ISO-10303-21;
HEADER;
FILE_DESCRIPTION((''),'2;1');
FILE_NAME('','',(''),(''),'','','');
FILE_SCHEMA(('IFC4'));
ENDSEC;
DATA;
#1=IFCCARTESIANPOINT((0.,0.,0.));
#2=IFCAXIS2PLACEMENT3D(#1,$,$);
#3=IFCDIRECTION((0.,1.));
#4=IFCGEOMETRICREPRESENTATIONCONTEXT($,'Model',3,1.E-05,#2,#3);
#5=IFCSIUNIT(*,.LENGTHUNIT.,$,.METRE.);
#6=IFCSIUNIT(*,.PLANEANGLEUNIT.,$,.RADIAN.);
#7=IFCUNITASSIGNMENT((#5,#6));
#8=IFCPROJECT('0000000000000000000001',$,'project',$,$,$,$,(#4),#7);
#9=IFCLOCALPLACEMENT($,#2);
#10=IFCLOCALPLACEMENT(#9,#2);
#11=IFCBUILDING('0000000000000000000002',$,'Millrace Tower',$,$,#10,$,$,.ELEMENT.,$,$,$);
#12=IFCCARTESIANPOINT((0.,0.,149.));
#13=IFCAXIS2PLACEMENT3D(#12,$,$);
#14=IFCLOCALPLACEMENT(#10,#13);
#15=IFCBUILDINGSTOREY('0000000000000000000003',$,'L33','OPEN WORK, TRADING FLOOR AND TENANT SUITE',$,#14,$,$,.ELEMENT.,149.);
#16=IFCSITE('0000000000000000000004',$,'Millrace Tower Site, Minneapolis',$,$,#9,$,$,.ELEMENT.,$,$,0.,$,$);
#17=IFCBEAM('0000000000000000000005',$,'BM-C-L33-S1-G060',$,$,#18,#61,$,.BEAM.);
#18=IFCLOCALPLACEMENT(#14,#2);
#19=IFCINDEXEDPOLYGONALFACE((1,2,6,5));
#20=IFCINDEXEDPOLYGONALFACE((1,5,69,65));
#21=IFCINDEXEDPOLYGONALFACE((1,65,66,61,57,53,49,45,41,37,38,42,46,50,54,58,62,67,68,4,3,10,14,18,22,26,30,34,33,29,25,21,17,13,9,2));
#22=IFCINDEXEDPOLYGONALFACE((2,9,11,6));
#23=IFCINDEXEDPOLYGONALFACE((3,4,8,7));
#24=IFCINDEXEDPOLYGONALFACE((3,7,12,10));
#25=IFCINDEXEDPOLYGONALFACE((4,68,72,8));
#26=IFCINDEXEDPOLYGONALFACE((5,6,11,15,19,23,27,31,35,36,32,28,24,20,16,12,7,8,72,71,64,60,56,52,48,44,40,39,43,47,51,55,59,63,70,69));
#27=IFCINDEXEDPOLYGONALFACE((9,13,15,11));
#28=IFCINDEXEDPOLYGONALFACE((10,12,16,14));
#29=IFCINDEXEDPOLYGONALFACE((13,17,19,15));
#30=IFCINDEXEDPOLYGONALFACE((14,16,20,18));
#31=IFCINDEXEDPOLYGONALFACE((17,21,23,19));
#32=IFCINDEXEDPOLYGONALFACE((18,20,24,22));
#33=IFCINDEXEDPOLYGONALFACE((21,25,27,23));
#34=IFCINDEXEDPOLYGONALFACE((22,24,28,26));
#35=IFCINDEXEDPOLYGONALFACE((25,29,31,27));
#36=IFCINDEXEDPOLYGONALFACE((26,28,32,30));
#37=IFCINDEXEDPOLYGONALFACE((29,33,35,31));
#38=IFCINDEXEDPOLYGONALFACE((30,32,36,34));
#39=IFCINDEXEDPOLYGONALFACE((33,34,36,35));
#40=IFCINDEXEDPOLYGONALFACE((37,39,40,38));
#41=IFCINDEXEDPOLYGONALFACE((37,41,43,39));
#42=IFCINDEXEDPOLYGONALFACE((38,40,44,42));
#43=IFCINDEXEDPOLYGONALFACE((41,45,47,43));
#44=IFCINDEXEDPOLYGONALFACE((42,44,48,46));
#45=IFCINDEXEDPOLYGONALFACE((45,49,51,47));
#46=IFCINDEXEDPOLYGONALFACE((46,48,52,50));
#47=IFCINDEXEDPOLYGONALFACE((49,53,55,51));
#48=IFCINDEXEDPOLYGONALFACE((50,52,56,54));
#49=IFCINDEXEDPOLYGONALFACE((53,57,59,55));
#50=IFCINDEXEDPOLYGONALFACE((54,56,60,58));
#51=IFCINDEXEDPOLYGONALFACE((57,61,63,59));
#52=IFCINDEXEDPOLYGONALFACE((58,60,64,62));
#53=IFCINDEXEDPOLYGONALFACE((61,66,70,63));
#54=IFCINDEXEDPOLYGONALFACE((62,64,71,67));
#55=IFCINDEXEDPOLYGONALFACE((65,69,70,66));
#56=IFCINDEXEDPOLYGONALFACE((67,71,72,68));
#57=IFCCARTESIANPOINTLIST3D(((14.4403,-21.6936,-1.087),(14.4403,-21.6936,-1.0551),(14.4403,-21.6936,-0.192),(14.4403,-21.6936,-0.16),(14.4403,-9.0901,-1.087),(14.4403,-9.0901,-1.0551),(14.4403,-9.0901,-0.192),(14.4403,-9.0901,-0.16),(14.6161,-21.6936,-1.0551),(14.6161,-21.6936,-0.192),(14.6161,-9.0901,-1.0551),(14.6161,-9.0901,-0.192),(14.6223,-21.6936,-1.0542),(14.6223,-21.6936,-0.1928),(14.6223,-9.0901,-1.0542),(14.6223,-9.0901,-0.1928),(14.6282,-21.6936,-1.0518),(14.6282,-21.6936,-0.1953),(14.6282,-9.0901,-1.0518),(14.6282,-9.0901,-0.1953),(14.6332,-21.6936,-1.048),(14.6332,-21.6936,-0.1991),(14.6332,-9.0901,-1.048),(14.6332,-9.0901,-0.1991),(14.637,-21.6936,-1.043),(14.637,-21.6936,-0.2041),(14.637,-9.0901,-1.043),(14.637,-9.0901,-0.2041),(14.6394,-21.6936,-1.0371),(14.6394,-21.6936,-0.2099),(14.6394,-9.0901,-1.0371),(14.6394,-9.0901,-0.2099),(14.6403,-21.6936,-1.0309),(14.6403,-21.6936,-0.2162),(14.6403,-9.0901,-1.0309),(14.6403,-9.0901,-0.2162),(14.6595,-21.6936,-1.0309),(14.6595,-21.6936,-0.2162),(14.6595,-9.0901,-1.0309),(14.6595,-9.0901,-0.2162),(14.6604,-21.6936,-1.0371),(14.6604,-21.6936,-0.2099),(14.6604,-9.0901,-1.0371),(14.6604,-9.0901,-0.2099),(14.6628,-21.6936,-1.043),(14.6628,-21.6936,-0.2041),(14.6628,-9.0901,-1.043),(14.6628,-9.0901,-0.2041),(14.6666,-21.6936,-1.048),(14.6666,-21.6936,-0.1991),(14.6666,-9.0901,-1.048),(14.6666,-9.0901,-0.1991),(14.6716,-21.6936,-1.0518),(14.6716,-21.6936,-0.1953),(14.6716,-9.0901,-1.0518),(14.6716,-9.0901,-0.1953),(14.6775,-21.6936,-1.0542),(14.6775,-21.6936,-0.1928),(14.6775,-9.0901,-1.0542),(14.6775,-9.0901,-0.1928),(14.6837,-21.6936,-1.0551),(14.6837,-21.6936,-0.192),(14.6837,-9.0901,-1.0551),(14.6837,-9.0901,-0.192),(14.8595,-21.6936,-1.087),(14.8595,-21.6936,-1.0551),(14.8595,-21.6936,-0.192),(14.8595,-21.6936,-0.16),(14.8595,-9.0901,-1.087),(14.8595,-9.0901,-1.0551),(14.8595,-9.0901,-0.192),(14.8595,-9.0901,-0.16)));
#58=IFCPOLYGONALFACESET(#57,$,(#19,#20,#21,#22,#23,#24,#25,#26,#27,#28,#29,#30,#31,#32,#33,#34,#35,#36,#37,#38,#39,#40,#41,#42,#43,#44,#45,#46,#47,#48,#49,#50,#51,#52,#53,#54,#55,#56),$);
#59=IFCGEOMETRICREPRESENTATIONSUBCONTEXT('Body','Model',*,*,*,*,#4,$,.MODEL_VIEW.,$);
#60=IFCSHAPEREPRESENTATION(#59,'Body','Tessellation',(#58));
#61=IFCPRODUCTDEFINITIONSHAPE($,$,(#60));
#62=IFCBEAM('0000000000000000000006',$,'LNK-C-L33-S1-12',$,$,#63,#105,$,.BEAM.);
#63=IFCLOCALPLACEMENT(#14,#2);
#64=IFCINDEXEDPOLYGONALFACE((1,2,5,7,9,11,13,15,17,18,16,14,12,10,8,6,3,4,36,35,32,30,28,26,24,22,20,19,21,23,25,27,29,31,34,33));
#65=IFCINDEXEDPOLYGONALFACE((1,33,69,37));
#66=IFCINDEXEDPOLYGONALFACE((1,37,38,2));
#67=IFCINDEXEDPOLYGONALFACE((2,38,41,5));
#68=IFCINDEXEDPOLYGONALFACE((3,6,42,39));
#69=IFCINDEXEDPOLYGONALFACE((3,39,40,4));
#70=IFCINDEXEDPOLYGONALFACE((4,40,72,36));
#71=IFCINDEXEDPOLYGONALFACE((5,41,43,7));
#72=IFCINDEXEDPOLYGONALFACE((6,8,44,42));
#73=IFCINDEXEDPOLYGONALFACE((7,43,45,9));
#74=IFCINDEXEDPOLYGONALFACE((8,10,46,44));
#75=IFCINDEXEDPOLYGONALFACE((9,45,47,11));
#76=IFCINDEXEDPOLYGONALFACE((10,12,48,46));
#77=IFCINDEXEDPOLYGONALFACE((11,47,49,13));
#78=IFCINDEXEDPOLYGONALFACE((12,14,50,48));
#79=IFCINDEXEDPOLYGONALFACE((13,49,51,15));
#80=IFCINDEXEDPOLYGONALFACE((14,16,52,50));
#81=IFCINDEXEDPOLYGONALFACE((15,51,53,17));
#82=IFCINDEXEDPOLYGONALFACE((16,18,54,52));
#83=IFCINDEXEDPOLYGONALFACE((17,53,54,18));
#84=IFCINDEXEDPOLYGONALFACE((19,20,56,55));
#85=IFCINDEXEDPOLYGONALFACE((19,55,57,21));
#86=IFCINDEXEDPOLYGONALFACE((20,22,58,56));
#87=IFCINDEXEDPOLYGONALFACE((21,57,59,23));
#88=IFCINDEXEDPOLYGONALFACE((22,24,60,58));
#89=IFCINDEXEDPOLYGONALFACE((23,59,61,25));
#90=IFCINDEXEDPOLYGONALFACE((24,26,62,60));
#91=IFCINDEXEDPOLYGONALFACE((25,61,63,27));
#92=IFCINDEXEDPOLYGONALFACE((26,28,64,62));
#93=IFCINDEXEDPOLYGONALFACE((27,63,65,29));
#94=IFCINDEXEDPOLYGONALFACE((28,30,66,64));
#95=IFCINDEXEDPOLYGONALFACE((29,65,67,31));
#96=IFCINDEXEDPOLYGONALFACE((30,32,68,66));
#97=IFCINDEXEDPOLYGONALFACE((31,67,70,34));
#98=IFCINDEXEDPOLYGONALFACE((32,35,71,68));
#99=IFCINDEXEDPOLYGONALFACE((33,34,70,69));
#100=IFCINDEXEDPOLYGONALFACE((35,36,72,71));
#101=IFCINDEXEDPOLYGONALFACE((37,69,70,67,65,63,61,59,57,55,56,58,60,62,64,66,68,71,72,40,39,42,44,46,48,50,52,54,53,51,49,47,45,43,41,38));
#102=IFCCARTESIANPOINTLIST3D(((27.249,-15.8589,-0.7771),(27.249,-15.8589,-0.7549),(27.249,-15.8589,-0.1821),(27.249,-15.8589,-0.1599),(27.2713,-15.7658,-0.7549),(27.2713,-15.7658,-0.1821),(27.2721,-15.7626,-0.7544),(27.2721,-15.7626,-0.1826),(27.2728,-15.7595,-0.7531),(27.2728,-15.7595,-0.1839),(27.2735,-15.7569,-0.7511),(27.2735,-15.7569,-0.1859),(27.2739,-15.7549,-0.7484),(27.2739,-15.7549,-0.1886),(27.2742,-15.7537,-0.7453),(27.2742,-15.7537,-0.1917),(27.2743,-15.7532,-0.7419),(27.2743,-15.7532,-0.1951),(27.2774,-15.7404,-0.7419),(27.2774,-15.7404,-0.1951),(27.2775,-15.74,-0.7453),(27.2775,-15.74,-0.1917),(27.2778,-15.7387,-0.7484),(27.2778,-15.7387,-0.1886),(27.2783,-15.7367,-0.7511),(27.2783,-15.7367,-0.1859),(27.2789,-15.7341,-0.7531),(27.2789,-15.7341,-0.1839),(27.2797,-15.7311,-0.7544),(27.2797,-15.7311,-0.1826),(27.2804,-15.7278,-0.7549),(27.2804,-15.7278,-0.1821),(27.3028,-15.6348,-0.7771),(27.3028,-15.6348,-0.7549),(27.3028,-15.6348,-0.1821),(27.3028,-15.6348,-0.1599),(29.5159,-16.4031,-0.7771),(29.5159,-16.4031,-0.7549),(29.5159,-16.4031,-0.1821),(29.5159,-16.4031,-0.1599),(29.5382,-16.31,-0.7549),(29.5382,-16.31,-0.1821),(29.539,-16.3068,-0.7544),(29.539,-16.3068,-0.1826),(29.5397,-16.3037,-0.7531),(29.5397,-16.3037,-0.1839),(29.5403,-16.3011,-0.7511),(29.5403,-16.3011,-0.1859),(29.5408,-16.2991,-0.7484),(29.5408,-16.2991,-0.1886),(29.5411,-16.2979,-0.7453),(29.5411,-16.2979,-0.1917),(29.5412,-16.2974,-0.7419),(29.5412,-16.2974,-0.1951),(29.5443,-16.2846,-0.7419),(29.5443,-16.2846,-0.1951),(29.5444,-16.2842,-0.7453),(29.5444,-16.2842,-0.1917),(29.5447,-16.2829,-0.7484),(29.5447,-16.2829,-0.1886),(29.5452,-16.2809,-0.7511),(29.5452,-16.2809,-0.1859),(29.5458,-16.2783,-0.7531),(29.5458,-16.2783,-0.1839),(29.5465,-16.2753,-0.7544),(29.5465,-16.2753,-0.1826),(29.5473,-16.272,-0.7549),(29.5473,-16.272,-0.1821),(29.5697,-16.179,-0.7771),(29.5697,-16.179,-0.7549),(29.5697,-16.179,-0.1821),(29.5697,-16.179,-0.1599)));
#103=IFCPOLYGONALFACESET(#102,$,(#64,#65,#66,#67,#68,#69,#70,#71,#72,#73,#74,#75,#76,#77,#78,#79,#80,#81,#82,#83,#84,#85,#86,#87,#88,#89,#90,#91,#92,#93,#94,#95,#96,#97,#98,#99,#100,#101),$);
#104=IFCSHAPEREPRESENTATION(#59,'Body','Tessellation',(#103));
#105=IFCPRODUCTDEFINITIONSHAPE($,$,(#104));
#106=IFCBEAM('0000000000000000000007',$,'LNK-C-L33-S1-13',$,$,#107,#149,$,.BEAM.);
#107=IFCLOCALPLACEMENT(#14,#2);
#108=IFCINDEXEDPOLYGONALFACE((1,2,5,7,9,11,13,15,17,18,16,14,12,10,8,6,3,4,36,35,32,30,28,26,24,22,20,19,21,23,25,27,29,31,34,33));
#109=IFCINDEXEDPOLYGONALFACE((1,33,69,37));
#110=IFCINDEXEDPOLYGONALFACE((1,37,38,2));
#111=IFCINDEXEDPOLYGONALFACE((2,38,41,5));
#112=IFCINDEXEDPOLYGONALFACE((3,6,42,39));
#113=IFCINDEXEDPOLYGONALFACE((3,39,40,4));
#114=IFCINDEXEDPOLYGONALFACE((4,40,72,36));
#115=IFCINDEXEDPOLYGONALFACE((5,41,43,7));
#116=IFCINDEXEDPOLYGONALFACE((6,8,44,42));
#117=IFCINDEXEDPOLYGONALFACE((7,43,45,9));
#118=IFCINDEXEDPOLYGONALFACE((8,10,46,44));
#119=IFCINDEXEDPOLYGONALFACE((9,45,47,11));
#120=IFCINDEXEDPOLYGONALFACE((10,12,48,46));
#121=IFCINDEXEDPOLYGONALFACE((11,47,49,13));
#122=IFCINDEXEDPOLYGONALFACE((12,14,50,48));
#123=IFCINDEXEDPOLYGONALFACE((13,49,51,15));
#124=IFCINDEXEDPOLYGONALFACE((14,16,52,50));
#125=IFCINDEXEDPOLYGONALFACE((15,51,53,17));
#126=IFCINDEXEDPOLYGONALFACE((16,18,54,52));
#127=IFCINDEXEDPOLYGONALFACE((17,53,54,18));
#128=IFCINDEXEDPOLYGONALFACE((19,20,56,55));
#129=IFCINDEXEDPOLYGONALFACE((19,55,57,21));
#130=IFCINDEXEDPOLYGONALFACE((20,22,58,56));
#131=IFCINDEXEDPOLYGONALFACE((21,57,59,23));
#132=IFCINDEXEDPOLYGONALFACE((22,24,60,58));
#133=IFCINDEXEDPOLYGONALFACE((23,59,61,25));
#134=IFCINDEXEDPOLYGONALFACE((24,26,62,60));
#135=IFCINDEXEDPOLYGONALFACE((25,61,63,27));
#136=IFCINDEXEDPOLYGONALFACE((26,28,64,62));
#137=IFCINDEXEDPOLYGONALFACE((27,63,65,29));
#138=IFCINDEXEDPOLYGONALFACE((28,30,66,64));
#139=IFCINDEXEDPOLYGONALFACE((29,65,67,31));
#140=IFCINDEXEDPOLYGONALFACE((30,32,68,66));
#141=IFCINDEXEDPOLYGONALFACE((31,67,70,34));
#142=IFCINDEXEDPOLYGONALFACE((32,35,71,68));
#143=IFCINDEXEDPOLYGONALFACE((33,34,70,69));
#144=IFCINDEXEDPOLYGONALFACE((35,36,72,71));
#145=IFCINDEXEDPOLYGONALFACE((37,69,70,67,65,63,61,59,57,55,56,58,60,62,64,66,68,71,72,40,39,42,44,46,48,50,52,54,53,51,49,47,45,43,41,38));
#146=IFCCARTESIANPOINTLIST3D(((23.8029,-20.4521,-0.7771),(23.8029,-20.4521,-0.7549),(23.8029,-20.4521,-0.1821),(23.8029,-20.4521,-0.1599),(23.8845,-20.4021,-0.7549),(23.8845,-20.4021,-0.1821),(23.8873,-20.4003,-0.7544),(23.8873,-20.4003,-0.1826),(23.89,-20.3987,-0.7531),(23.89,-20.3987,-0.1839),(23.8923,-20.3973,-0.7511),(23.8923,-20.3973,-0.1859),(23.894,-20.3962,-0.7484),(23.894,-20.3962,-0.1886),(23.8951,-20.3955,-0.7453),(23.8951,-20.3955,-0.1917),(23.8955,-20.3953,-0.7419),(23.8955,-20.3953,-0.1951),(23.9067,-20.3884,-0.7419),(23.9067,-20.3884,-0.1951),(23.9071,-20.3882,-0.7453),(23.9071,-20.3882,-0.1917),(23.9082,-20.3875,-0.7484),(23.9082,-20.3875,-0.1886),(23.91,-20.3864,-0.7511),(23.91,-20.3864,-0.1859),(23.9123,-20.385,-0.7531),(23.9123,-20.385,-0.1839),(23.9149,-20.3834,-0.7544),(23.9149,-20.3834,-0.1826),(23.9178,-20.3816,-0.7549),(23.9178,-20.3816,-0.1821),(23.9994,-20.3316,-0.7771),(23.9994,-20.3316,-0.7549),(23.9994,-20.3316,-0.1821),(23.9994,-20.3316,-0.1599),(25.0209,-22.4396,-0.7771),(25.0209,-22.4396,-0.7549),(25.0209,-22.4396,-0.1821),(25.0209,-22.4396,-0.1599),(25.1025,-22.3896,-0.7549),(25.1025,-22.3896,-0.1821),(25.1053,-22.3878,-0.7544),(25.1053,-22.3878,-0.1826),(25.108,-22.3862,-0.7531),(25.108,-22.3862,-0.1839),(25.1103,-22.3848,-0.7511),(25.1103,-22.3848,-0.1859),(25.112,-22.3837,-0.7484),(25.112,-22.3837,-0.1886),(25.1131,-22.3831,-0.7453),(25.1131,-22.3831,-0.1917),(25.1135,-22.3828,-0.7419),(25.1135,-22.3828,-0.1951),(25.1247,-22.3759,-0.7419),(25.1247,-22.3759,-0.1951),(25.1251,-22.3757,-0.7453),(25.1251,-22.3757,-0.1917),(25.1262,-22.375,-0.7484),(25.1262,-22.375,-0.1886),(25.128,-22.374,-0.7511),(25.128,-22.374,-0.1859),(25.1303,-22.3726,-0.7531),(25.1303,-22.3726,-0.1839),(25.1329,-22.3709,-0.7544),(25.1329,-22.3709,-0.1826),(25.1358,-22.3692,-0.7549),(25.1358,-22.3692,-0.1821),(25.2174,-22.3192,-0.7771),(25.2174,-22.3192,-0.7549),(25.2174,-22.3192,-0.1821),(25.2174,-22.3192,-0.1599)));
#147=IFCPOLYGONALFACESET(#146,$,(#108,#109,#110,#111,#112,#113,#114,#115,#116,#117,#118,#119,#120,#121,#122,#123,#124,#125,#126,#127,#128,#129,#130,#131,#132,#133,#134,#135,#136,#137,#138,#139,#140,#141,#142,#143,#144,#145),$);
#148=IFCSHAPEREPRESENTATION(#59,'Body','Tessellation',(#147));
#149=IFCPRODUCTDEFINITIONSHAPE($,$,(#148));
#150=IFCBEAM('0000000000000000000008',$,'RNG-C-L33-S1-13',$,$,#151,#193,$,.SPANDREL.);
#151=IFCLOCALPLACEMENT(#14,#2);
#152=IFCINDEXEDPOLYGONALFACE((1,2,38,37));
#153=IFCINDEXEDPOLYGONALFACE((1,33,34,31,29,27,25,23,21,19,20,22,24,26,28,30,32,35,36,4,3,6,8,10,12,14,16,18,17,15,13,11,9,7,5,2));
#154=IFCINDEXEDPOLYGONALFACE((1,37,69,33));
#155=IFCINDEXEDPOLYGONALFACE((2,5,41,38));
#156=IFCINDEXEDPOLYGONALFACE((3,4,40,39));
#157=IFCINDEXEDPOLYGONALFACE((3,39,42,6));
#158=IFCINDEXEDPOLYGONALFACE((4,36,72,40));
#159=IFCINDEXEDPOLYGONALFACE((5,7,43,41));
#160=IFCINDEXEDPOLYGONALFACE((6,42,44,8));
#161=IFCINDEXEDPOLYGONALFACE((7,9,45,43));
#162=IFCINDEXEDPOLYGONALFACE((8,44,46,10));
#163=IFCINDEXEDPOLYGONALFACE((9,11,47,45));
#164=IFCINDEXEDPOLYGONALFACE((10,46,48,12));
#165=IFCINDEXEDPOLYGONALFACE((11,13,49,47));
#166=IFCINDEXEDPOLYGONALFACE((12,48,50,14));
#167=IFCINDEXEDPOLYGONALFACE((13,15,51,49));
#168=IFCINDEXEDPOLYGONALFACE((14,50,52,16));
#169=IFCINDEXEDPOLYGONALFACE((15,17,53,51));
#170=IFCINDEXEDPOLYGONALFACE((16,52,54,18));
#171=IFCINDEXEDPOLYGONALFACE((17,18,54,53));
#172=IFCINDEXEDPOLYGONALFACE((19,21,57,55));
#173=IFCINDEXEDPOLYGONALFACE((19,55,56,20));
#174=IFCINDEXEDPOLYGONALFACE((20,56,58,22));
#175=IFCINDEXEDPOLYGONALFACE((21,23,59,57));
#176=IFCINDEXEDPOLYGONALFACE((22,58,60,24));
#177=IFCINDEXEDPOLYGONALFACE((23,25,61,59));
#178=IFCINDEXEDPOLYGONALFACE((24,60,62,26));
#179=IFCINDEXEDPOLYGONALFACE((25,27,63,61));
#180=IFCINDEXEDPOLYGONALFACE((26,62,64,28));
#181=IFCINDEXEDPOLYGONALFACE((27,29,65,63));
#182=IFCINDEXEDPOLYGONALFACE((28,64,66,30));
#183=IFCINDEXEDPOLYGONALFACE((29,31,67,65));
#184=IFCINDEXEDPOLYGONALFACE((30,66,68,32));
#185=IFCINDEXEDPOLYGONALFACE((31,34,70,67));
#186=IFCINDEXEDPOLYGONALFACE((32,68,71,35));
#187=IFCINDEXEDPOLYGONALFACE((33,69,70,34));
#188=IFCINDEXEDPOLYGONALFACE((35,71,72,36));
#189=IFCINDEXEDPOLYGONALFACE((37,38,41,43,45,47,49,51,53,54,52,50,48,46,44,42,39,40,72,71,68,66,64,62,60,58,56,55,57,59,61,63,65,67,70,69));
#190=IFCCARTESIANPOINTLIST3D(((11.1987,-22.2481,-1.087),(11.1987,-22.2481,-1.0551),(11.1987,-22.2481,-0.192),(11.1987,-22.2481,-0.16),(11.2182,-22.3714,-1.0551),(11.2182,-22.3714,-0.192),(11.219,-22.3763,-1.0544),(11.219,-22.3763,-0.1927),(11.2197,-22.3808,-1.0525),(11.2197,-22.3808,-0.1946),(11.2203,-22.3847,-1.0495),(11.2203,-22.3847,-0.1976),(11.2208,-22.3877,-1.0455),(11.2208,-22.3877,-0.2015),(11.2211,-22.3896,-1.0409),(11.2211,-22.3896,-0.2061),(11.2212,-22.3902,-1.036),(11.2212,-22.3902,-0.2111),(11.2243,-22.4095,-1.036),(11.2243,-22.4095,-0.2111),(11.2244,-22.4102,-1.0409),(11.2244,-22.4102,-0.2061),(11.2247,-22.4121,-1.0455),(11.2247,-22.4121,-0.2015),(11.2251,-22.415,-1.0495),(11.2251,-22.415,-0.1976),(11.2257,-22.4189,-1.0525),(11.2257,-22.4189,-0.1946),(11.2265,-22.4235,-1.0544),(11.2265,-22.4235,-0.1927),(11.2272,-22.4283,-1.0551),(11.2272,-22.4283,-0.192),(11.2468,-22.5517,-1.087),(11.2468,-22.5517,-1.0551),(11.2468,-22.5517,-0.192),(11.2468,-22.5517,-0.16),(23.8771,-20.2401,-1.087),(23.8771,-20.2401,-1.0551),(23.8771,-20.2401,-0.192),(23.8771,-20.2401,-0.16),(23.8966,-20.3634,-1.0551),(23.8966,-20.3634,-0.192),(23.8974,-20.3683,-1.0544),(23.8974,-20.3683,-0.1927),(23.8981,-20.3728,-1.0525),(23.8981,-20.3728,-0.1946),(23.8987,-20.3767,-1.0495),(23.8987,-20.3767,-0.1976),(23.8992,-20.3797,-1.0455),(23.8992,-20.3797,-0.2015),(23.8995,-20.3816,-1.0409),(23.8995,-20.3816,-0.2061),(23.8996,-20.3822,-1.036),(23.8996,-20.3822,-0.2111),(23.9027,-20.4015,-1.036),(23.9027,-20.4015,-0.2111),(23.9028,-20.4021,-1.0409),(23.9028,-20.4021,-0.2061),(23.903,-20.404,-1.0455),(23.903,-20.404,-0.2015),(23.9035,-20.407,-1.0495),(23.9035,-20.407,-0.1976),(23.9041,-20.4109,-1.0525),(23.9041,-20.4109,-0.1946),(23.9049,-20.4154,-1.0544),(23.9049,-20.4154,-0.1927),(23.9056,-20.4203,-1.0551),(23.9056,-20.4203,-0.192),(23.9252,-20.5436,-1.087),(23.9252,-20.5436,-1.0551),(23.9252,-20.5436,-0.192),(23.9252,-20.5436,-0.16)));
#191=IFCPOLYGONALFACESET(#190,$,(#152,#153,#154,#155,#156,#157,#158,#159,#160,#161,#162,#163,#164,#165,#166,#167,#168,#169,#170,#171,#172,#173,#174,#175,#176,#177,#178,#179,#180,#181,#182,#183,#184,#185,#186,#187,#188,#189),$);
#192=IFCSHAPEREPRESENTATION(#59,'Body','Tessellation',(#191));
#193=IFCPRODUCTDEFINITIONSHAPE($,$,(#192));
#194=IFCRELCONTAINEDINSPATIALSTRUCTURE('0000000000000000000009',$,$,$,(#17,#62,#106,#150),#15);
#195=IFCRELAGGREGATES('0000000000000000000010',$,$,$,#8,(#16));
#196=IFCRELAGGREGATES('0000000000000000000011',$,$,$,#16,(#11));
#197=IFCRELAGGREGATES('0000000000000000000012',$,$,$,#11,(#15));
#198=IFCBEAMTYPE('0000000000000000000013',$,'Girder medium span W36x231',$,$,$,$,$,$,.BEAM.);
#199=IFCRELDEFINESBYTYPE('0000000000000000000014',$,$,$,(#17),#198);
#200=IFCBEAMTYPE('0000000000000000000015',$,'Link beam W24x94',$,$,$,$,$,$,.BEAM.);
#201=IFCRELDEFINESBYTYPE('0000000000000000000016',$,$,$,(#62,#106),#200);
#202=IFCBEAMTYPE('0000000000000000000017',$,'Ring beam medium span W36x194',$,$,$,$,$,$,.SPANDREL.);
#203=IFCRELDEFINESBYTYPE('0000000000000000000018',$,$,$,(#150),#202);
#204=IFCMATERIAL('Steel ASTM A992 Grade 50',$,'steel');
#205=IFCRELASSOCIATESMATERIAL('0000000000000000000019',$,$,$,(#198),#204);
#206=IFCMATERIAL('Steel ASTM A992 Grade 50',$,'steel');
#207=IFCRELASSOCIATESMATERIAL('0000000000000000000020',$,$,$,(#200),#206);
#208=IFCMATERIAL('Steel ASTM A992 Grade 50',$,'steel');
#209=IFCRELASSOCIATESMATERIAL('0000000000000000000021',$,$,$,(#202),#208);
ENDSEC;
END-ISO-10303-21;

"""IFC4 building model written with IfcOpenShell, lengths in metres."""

from ifc_helpers import new_model, si_unit, direction, frame, origin, origin_2d, place, context, subcontext, project, spatial, i_section, extrude, material, material_profile, profile_set, type_object, element, save


model = new_model("IFC4")

# Units and contexts
model_context = context("Model", 3, precision=1e-05, world=origin(), true_north=direction((0.0, 1.0)))
body_context = subcontext(model_context, "Body", "Model", "MODEL_VIEW")
ifc_project = project(units=[si_unit("LENGTHUNIT", "METRE"), si_unit("PLANEANGLEUNIT", "RADIAN")], contexts=[model_context])

# Site, building, storey
site_placement = place(None, origin())
site = spatial("IfcSite", under=ifc_project, at=site_placement, Name="Millrace Tower Site, Minneapolis", CompositionType="ELEMENT", RefElevation=0.0)
building_placement = place(site_placement, origin())
building = spatial("IfcBuilding", under=site, at=building_placement, Name="Millrace Tower", CompositionType="ELEMENT")
storey_placement = place(building_placement, frame((0.0, 0.0, 149.0)))
storey = spatial("IfcBuildingStorey", under=building, at=storey_placement, Name="L33", Description="OPEN WORK, TRADING FLOOR AND TENANT SUITE", CompositionType="ELEMENT", Elevation=149.0)

# Beams
ifc_material_1 = material(Name="Steel ASTM A992 Grade 50", Category="steel")
ifc_material_profile_1 = material_profile(ifc_material_1, i_section(OverallWidth=0.4192, OverallDepth=0.927, WebThickness=0.0193, FlangeThickness=0.032, FilletRadius=0.0242, at=origin_2d()))
ifc_profile_set_1 = profile_set([ifc_material_profile_1], Name="Steel ASTM A992 Grade 50")
beam_type_1 = type_object("IfcBeamType", Name="Girder medium span W36x231", PredefinedType="BEAM", material=ifc_profile_set_1)
beam_1_placement = place(storey_placement, frame((14.6499, -21.6936, -0.6235), z_axis=(0.0, 1.0, 0.0), x_axis=(-1.0, 0.0, 0.0)))
element("IfcBeam", 1, at=beam_1_placement, inside=storey, type_object=beam_type_1, Name="BM-C-L33-S1-G060", PredefinedType="BEAM", context=body_context, shape_type="SweptSolid", body=[
    extrude(i_section(OverallWidth=0.4192, OverallDepth=0.927, WebThickness=0.0193, FlangeThickness=0.032, FilletRadius=0.0242, at=origin_2d()), origin(), (0.0, 0.0, 1.0), 12.6035),
])
ifc_material_2 = material(Name="Steel ASTM A992 Grade 50", Category="steel")
ifc_material_profile_2 = material_profile(ifc_material_2, i_section(OverallWidth=0.2305, OverallDepth=0.6172, WebThickness=0.0132, FlangeThickness=0.0222, FilletRadius=0.0129, at=origin_2d()))
ifc_profile_set_2 = profile_set([ifc_material_profile_2], Name="Steel ASTM A992 Grade 50")
beam_type_2 = type_object("IfcBeamType", Name="Link beam W24x94", PredefinedType="BEAM", material=ifc_profile_set_2)
beam_2_placement = place(storey_placement, frame((27.2759, -15.7468, -0.4685), z_axis=(0.972373, -0.233432, 0.0), x_axis=(0.233432, 0.972373, 0.0)))
element("IfcBeam", 2, at=beam_2_placement, inside=storey, type_object=beam_type_2, Name="LNK-C-L33-S1-12", PredefinedType="BEAM", context=body_context, shape_type="SweptSolid", body=[
    extrude(i_section(OverallWidth=0.2305, OverallDepth=0.6172, WebThickness=0.0132, FlangeThickness=0.0222, FilletRadius=0.0129, at=origin_2d()), origin(), (0.0, 0.0, 1.0), 2.3313),
])
beam_3_placement = place(storey_placement, frame((23.9011, -20.3918, -0.4685), z_axis=(0.522513, -0.852631, 0.0), x_axis=(0.852631, 0.522513, 0.0)))
element("IfcBeam", 3, at=beam_3_placement, inside=storey, type_object=beam_type_2, Name="LNK-C-L33-S1-13", PredefinedType="BEAM", context=body_context, shape_type="SweptSolid", body=[
    extrude(i_section(OverallWidth=0.2305, OverallDepth=0.6172, WebThickness=0.0132, FlangeThickness=0.0222, FilletRadius=0.0129, at=origin_2d()), origin(), (0.0, 0.0, 1.0), 2.3311),
])
ifc_material_3 = material(Name="Steel ASTM A992 Grade 50", Category="steel")
ifc_material_profile_3 = material_profile(ifc_material_3, i_section(OverallWidth=0.3074, OverallDepth=0.927, WebThickness=0.0195, FlangeThickness=0.032, FilletRadius=0.019, at=origin_2d()))
ifc_profile_set_3 = profile_set([ifc_material_profile_3], Name="Steel ASTM A992 Grade 50")
beam_type_3 = type_object("IfcBeamType", Name="Ring beam medium span W36x194", PredefinedType="SPANDREL", material=ifc_profile_set_3)
beam_4_placement = place(storey_placement, frame((23.9011, -20.3918, -0.6235), z_axis=(-0.987689, -0.156433, 0.0), x_axis=(0.156433, -0.987689, 0.0)))
element("IfcBeam", 4, at=beam_4_placement, inside=storey, type_object=beam_type_3, Name="RNG-C-L33-S1-13", PredefinedType="SPANDREL", context=body_context, shape_type="SweptSolid", body=[
    extrude(i_section(OverallWidth=0.3074, OverallDepth=0.927, WebThickness=0.0195, FlangeThickness=0.032, FilletRadius=0.019, at=origin_2d()), origin(), (0.0, 0.0, 1.0), 12.8364),
])

save(model, "model.ifc")
